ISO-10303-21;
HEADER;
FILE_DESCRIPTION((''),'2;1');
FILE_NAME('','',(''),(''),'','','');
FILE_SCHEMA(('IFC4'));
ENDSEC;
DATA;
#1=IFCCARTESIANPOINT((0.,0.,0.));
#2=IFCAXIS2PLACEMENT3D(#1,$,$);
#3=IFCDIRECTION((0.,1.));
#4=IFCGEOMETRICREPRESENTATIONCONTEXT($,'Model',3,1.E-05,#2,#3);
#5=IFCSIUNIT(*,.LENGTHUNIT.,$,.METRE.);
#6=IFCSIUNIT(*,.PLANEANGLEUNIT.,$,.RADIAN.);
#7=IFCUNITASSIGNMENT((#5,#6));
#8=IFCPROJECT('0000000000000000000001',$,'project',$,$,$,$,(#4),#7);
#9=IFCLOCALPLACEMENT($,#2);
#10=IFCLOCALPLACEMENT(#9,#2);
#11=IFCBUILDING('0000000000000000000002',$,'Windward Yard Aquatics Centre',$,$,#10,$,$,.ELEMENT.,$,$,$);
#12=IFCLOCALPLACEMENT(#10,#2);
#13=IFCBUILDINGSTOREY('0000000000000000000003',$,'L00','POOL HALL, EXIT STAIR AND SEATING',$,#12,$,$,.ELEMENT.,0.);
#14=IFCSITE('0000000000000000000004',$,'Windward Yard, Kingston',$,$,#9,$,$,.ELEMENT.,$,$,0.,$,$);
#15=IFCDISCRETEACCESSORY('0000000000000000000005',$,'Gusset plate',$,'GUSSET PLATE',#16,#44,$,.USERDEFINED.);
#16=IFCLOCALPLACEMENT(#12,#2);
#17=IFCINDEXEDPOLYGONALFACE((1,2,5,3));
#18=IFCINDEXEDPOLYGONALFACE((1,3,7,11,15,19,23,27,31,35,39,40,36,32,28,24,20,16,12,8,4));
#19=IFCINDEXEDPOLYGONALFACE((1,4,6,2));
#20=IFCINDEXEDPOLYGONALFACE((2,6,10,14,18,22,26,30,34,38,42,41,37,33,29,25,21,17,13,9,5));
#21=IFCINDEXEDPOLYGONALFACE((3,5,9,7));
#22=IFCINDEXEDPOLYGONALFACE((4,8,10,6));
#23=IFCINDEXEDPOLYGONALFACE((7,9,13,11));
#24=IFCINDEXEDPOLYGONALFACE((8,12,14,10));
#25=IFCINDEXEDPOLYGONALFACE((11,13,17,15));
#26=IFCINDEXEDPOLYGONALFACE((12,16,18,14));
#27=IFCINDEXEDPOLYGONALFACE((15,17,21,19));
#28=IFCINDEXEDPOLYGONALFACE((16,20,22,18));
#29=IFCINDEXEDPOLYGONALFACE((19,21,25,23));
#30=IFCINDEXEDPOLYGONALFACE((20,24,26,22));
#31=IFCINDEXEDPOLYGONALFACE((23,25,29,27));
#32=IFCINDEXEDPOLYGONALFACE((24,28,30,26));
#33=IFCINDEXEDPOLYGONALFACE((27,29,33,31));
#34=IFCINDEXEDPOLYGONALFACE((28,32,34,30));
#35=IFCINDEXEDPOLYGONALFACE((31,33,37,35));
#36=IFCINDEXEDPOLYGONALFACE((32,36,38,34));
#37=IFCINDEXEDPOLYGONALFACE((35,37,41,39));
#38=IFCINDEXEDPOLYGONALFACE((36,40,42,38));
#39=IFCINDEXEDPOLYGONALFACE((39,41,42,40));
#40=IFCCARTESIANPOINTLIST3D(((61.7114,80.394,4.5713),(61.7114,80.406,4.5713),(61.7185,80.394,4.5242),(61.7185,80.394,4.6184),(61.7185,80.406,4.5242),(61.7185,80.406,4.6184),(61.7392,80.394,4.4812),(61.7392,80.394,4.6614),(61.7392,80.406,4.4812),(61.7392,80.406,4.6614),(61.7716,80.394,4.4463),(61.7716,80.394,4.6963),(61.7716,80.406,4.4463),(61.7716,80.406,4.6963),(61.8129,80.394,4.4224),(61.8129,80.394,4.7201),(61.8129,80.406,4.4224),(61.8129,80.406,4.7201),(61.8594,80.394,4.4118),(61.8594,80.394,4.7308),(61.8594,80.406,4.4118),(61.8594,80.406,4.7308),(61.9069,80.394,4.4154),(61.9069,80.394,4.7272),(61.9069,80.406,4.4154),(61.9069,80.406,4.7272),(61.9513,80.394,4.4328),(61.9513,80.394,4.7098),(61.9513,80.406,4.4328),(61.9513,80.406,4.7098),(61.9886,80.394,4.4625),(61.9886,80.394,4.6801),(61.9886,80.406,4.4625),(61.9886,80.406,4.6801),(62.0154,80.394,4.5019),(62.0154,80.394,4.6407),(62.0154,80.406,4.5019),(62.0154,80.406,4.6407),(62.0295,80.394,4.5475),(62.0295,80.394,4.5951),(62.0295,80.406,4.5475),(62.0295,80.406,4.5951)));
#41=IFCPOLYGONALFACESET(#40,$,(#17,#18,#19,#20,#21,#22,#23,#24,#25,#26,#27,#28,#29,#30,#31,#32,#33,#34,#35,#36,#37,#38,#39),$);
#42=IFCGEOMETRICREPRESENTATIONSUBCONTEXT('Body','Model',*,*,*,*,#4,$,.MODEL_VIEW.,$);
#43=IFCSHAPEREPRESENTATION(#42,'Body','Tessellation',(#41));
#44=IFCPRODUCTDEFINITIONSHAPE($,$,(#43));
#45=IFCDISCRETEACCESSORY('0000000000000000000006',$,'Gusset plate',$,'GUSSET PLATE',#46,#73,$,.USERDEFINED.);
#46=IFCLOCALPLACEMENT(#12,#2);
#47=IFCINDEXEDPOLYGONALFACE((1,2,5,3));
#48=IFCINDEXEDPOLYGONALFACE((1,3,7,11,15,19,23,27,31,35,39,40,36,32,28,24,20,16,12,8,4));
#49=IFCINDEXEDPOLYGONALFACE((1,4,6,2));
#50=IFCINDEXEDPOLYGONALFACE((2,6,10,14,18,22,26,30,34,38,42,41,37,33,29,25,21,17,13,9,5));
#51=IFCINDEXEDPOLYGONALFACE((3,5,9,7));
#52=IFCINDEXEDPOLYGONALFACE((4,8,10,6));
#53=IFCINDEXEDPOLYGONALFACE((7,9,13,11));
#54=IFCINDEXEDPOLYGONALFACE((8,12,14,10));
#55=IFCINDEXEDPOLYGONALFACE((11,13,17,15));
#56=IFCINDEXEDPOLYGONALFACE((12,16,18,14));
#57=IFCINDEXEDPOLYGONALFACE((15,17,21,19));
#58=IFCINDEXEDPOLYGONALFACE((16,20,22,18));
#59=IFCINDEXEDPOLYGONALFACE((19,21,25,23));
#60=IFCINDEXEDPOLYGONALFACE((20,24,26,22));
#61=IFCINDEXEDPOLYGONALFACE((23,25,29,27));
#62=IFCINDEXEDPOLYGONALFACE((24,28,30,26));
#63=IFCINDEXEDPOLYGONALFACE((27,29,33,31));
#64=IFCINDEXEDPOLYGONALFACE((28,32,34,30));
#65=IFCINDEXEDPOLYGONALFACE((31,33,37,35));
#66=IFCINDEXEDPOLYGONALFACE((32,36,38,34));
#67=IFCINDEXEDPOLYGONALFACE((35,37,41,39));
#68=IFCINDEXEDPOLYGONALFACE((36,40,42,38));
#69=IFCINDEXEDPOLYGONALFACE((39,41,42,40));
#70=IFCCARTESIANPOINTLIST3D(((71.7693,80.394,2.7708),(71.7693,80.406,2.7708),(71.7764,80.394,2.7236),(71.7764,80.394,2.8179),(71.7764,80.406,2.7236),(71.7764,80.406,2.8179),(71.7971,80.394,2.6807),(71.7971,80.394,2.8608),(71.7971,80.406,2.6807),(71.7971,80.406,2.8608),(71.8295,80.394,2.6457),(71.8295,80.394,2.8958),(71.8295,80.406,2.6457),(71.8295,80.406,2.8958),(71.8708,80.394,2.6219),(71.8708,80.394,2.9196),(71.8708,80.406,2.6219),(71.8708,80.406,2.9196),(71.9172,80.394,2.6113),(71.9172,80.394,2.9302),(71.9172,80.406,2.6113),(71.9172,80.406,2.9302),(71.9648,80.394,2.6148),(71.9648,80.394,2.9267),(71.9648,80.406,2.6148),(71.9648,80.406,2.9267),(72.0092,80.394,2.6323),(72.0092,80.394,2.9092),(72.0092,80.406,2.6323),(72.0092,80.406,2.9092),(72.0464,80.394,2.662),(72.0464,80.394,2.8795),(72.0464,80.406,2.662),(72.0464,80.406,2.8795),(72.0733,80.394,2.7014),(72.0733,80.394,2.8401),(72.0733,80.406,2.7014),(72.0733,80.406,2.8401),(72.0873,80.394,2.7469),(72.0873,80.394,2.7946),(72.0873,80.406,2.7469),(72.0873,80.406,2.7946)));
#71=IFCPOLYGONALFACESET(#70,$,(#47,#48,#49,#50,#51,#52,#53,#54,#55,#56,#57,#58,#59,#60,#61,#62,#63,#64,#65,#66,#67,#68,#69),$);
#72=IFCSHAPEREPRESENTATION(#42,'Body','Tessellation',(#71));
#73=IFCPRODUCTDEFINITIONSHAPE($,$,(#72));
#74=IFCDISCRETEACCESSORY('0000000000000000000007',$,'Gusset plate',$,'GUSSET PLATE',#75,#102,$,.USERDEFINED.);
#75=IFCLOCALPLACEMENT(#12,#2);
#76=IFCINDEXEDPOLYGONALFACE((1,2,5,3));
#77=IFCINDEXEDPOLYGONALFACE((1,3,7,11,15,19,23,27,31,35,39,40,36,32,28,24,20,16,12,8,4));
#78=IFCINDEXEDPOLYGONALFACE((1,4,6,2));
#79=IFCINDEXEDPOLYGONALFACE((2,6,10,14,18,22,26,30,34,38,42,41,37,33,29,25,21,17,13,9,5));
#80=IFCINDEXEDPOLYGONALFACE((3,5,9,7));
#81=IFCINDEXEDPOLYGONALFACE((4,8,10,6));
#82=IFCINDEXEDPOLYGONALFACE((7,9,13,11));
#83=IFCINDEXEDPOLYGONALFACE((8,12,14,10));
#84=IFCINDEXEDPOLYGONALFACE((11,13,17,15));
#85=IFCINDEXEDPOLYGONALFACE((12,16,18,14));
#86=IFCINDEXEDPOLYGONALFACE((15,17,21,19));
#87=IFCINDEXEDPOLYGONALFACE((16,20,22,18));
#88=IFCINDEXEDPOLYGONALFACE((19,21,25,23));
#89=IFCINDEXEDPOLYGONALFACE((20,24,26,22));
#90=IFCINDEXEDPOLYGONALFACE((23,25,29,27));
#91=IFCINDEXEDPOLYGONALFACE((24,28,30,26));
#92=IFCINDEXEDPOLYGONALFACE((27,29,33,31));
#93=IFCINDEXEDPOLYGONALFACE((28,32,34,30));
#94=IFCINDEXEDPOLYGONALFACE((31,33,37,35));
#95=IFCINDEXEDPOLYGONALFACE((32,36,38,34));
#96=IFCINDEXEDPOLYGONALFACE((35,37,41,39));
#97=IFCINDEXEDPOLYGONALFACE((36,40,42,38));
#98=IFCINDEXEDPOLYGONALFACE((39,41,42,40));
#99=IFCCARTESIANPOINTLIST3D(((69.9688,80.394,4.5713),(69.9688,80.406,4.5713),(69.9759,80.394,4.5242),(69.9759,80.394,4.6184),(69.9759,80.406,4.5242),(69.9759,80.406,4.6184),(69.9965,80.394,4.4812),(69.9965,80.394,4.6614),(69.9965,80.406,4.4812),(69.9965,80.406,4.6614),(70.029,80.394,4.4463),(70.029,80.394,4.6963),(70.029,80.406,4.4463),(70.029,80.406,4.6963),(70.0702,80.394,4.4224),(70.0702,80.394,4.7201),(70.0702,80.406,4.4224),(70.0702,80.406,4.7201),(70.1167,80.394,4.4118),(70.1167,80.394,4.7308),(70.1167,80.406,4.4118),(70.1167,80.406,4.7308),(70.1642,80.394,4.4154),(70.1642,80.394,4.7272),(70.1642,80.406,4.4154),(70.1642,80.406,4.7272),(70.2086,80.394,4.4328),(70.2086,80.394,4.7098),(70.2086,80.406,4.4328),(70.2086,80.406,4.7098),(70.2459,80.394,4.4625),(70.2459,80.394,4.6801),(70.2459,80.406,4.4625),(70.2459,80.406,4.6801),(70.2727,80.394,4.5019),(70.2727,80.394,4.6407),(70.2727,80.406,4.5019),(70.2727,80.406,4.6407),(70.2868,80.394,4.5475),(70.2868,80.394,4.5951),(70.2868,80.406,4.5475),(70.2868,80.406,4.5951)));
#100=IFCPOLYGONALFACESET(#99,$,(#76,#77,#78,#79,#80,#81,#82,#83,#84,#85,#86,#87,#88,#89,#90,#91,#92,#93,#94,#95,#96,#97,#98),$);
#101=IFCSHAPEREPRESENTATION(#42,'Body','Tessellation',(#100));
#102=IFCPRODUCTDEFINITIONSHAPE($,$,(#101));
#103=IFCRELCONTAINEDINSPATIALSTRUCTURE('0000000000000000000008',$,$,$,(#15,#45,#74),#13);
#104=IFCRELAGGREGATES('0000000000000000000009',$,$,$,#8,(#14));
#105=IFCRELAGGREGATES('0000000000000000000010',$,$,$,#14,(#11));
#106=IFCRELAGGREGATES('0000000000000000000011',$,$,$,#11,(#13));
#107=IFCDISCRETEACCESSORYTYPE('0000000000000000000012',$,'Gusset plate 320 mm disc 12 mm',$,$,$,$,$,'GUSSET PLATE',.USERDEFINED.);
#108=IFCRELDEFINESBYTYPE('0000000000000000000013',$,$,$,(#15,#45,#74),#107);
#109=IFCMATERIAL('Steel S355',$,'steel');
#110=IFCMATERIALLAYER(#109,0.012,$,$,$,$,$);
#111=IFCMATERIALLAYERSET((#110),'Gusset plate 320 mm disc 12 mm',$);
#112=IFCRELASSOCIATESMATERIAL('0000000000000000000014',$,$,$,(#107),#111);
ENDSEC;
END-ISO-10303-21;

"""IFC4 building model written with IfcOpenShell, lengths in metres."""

from ifc_helpers import new_model, si_unit, direction, frame, origin, origin_2d, place, context, subcontext, project, spatial, circle, extrude, material, layer, layer_set, type_object, element, save


model = new_model("IFC4")

# Units and contexts
model_context = context("Model", 3, precision=1e-05, world=origin(), true_north=direction((0.0, 1.0)))
body_context = subcontext(model_context, "Body", "Model", "MODEL_VIEW")
ifc_project = project(units=[si_unit("LENGTHUNIT", "METRE"), si_unit("PLANEANGLEUNIT", "RADIAN")], contexts=[model_context])

# Site, building, storey
site_placement = place(None, origin())
site = spatial("IfcSite", under=ifc_project, at=site_placement, Name="Windward Yard, Kingston", CompositionType="ELEMENT", RefElevation=0.0)
building_placement = place(site_placement, origin())
building = spatial("IfcBuilding", under=site, at=building_placement, Name="Windward Yard Aquatics Centre", CompositionType="ELEMENT")
storey_placement = place(building_placement, origin())
storey = spatial("IfcBuildingStorey", under=building, at=storey_placement, Name="L00", Description="POOL HALL, EXIT STAIR AND SEATING", CompositionType="ELEMENT", Elevation=0.0)

# Discrete accessories
ifc_material_1 = material(Name="Steel S355", Category="steel")
ifc_layer_1 = layer(ifc_material_1, 0.012)
ifc_layer_set_1 = layer_set([ifc_layer_1], Name="Gusset plate 320 mm disc 12 mm")
discrete_accessory_type = type_object("IfcDiscreteAccessoryType", Name="Gusset plate 320 mm disc 12 mm", ElementType="GUSSET PLATE", PredefinedType="USERDEFINED", material=ifc_layer_set_1)
for number, where, z_axis, x_axis, name in (
    (1, (61.8713, 80.394, 4.5713), (0.0, 1.0, 0.0), (-1.0, 0.0, 0.0), "Gusset plate"),
    (2, (71.9292, 80.394, 2.7708), (0.0, 1.0, 0.0), (-1.0, 0.0, 0.0), "Gusset plate"),
    (3, (70.1287, 80.394, 4.5713), (0.0, 1.0, 0.0), (-1.0, 0.0, 0.0), "Gusset plate"),
):
    element("IfcDiscreteAccessory", number, at=place(storey_placement, frame(where, z_axis=z_axis, x_axis=x_axis)), inside=storey, type_object=discrete_accessory_type, Name=name, ObjectType="GUSSET PLATE", PredefinedType="USERDEFINED", context=body_context, shape_type="SweptSolid", body=[
        extrude(circle(Radius=0.1599, at=origin_2d()), origin(), (0.0, 0.0, 1.0), 0.012),
    ])

save(model, "model.ifc")
